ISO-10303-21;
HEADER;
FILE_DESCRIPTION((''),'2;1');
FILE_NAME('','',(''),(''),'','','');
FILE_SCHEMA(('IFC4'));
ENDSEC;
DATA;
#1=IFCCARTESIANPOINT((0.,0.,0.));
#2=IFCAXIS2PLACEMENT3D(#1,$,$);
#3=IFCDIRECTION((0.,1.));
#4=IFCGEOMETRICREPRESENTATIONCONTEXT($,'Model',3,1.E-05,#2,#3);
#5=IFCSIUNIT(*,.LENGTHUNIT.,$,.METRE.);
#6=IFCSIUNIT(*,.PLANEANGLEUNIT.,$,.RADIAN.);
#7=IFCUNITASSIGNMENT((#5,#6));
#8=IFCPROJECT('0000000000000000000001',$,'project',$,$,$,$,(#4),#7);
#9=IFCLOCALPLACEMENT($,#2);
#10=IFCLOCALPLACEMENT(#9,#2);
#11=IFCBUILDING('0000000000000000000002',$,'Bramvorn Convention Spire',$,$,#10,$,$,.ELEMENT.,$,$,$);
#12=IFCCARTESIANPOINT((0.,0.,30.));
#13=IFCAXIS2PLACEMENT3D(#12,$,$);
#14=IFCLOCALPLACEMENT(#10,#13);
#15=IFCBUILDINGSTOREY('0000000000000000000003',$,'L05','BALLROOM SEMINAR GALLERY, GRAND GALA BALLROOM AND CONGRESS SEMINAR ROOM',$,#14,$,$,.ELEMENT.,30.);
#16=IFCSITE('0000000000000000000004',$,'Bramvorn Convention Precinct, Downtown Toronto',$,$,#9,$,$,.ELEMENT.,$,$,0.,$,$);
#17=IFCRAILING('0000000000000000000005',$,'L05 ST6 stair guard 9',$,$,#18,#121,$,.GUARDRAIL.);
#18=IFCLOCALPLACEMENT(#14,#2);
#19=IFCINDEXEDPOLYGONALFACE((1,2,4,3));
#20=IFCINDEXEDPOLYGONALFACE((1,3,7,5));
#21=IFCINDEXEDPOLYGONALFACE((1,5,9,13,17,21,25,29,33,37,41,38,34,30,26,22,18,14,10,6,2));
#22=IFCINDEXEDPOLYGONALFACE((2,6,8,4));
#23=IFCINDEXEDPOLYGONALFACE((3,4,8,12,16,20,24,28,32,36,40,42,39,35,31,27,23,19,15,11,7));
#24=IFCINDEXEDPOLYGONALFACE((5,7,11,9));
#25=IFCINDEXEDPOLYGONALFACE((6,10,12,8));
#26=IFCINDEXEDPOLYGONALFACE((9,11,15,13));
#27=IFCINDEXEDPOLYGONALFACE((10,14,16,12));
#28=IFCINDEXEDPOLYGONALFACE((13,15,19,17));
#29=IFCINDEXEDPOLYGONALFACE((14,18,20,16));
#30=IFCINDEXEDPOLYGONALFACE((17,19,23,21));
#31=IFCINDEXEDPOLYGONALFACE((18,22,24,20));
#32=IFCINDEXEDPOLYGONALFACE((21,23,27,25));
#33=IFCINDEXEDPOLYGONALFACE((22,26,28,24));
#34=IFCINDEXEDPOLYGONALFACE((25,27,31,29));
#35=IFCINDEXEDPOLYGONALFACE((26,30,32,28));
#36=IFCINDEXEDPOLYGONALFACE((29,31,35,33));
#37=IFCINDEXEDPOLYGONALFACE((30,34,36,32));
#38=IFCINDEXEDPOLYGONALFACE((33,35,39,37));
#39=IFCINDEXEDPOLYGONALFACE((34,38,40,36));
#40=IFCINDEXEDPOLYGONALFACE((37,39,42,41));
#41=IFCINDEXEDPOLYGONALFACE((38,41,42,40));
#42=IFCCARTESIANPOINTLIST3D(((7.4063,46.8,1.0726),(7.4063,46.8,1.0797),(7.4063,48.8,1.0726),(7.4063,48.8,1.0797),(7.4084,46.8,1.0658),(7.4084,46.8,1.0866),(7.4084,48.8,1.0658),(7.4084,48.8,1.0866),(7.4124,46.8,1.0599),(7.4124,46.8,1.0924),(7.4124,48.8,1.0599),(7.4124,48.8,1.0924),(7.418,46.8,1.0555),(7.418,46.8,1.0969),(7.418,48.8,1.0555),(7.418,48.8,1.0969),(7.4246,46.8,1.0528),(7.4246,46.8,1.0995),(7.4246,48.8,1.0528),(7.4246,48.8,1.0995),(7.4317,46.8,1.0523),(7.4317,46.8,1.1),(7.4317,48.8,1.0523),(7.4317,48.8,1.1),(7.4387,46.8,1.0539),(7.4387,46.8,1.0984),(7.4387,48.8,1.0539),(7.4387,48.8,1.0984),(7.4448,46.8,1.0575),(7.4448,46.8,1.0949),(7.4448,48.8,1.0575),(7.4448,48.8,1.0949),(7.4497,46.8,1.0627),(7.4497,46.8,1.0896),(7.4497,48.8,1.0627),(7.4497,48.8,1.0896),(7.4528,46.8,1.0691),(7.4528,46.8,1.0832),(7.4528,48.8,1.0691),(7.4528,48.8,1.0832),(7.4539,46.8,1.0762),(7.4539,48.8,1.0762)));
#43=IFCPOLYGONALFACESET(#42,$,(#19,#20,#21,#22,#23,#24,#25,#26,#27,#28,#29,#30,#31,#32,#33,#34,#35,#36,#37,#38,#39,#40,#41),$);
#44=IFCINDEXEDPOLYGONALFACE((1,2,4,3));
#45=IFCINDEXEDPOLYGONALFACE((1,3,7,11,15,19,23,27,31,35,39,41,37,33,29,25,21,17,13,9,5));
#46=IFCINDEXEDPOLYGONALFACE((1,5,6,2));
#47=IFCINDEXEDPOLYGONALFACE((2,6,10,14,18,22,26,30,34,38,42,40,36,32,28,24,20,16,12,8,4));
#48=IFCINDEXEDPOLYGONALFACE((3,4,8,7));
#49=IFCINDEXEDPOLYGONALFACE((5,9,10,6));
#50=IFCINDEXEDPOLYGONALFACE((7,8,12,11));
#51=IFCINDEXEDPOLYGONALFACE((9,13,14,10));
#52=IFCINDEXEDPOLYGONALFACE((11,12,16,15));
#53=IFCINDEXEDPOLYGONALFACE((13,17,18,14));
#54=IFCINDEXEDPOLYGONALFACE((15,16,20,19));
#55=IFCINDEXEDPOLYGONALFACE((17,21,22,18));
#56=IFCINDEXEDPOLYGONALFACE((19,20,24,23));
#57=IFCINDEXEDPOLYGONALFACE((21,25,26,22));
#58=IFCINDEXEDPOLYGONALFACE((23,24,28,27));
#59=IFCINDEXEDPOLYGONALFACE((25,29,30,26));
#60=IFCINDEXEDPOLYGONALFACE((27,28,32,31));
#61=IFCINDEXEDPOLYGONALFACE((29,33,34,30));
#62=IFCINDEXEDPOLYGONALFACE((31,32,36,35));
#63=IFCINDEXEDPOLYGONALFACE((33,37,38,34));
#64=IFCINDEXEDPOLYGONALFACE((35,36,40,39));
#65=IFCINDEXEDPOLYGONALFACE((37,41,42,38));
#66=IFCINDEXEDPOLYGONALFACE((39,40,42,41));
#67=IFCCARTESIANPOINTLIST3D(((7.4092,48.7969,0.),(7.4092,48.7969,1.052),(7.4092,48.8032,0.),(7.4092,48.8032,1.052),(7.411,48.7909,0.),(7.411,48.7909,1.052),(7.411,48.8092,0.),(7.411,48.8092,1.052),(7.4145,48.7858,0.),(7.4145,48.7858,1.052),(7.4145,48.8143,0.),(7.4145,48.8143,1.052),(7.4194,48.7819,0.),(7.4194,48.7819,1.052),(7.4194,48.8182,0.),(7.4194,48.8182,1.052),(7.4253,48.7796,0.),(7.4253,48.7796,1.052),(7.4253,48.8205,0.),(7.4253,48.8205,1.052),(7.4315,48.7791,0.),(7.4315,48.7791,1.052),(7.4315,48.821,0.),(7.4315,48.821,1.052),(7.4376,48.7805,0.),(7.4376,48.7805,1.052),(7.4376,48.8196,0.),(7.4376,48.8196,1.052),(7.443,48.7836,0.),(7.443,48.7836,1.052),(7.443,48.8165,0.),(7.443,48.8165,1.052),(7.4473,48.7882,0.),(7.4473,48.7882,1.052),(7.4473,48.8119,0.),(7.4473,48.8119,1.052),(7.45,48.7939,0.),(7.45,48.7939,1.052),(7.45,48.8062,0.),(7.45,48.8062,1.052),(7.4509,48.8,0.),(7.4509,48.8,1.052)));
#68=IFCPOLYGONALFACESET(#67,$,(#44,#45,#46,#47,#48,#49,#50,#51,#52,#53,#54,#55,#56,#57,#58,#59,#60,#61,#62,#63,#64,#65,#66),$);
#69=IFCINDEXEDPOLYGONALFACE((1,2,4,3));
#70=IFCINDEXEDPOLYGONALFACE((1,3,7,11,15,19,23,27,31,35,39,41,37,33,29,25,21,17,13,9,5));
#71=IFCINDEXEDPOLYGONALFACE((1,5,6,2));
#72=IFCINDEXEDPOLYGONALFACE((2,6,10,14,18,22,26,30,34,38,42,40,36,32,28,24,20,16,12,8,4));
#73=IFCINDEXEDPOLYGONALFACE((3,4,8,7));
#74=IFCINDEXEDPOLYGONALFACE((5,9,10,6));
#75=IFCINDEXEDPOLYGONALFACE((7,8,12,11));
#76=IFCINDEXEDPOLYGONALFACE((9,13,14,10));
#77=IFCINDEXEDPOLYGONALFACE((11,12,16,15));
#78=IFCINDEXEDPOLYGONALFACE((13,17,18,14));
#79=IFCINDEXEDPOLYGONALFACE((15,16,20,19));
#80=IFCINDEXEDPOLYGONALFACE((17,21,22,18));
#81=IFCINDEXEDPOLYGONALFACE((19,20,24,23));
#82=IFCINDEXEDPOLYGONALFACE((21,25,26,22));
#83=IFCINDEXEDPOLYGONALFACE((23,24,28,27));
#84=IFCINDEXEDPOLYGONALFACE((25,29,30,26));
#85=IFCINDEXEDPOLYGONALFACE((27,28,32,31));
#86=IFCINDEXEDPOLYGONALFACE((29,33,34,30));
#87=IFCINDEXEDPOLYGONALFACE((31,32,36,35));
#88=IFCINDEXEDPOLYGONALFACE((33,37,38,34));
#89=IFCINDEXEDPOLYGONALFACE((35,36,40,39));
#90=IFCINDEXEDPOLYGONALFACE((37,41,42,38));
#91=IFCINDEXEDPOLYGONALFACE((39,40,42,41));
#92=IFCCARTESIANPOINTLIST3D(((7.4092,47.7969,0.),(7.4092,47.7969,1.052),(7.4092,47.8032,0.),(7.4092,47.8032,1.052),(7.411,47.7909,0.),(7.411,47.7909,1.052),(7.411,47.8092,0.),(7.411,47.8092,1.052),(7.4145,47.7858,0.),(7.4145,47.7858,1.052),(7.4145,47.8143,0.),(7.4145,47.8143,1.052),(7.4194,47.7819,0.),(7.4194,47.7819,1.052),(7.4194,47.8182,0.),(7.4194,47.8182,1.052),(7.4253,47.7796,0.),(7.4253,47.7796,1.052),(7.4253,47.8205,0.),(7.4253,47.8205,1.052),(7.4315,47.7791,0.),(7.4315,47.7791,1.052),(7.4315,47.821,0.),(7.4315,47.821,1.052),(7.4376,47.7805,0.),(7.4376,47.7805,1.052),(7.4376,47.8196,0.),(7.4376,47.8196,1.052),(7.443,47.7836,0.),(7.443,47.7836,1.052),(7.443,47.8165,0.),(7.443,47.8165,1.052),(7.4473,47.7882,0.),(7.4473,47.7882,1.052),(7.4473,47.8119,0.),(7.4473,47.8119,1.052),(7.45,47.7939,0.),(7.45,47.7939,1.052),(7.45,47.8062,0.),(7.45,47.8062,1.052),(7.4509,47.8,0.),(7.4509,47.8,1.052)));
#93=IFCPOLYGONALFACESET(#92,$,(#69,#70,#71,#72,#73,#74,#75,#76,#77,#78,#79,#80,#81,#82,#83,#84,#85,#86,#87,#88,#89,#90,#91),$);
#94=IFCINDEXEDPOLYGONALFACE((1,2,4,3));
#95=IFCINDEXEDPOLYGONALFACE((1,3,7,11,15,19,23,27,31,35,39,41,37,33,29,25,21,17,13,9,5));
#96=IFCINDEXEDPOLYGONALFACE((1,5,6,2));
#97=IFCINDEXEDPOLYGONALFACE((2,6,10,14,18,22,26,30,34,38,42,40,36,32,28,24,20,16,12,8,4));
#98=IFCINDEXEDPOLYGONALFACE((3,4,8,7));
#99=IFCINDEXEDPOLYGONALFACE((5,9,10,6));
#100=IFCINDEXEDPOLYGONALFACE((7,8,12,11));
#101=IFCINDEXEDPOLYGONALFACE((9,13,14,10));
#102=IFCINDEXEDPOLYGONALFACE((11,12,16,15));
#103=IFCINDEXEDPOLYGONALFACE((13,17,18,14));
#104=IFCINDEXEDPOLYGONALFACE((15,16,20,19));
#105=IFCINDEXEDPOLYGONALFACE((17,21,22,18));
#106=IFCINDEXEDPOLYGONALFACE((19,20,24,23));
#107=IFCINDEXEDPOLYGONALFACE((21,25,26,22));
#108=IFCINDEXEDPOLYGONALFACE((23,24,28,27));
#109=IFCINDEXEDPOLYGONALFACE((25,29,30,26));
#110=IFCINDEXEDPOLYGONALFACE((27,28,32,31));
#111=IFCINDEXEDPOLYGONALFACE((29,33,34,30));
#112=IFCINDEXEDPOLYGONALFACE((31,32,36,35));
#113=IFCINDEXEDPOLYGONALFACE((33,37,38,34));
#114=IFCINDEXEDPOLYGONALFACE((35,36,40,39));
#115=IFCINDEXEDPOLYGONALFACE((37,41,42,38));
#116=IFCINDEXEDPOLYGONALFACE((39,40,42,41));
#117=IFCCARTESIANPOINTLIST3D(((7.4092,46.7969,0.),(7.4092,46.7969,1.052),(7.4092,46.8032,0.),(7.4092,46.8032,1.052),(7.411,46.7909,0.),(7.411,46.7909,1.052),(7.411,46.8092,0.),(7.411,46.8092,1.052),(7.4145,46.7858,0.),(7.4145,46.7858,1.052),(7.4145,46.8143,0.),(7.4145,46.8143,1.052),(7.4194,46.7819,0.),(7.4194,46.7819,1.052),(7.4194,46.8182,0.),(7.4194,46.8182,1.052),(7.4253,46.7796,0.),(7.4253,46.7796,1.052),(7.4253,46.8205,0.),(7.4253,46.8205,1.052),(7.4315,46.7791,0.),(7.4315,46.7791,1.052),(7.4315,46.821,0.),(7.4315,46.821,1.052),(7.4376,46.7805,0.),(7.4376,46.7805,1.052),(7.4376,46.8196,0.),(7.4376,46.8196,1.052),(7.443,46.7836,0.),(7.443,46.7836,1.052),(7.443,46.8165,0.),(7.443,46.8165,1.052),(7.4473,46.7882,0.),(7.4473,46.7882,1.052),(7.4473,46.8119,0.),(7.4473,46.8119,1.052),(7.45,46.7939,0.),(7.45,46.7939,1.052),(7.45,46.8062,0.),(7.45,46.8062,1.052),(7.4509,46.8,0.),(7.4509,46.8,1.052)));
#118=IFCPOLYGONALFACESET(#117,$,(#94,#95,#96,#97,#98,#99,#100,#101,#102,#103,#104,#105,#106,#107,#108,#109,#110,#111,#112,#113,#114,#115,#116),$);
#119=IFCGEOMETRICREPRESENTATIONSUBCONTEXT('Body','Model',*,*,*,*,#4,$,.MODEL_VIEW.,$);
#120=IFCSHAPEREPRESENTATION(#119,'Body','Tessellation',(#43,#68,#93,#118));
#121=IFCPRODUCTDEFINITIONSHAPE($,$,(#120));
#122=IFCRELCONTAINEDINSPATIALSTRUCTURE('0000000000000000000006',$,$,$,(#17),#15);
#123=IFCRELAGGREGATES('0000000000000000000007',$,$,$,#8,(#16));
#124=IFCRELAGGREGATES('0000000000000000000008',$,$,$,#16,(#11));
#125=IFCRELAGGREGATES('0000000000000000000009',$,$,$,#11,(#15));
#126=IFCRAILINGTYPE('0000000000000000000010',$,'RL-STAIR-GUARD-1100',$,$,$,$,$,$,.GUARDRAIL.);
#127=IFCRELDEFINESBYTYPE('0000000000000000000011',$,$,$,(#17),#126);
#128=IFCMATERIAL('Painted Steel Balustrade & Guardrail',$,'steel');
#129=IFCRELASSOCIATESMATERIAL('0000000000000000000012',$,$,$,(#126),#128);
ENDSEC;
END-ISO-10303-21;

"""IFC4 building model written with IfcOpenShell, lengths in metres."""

from ifc_helpers import new_model, si_unit, direction, frame, origin, origin_2d, place, context, subcontext, project, spatial, circle, extrude, material, type_object, element, save


model = new_model("IFC4")

# Units and contexts
model_context = context("Model", 3, precision=1e-05, world=origin(), true_north=direction((0.0, 1.0)))
body_context = subcontext(model_context, "Body", "Model", "MODEL_VIEW")
ifc_project = project(units=[si_unit("LENGTHUNIT", "METRE"), si_unit("PLANEANGLEUNIT", "RADIAN")], contexts=[model_context])

# Site, building, storey
site_placement = place(None, origin())
site = spatial("IfcSite", under=ifc_project, at=site_placement, Name="Bramvorn Convention Precinct, Downtown Toronto", CompositionType="ELEMENT", RefElevation=0.0)
building_placement = place(site_placement, origin())
building = spatial("IfcBuilding", under=site, at=building_placement, Name="Bramvorn Convention Spire", CompositionType="ELEMENT")
storey_placement = place(building_placement, frame((0.0, 0.0, 30.0)))
storey = spatial("IfcBuildingStorey", under=building, at=storey_placement, Name="L05", Description="BALLROOM SEMINAR GALLERY, GRAND GALA BALLROOM AND CONGRESS SEMINAR ROOM", CompositionType="ELEMENT", Elevation=30.0)

# Railing
ifc_material_1 = material(Name="Painted Steel Balustrade & Guardrail", Category="steel")
railing_type_1 = type_object("IfcRailingType", Name="RL-STAIR-GUARD-1100", PredefinedType="GUARDRAIL", material=ifc_material_1)
for number, where, name in (
    (1, (7.4299, 48.8, 0.0), "L05 ST6 stair guard 9"),
):
    element("IfcRailing", number, at=place(storey_placement, frame(where)), inside=storey, type_object=railing_type_1, Name=name, PredefinedType="GUARDRAIL", context=body_context, shape_type="SweptSolid", body=[
        extrude(circle(Radius=0.0239, at=origin_2d()), frame((0.0, 0.0, 1.0762), z_axis=(0.0, -1.0, 0.0), x_axis=(1.0, 0.0, 0.0)), (0.0, 0.0, 1.0), 2.0),
        extrude(circle(Radius=0.021, at=origin_2d()), origin(), (0.0, 0.0, 1.0), 1.052),
        extrude(circle(Radius=0.021, at=origin_2d()), frame((0.0, -1.0, 0.0)), (0.0, 0.0, 1.0), 1.052),
        extrude(circle(Radius=0.021, at=origin_2d()), frame((0.0, -2.0, 0.0)), (0.0, 0.0, 1.0), 1.052),
    ])

save(model, "model.ifc")
